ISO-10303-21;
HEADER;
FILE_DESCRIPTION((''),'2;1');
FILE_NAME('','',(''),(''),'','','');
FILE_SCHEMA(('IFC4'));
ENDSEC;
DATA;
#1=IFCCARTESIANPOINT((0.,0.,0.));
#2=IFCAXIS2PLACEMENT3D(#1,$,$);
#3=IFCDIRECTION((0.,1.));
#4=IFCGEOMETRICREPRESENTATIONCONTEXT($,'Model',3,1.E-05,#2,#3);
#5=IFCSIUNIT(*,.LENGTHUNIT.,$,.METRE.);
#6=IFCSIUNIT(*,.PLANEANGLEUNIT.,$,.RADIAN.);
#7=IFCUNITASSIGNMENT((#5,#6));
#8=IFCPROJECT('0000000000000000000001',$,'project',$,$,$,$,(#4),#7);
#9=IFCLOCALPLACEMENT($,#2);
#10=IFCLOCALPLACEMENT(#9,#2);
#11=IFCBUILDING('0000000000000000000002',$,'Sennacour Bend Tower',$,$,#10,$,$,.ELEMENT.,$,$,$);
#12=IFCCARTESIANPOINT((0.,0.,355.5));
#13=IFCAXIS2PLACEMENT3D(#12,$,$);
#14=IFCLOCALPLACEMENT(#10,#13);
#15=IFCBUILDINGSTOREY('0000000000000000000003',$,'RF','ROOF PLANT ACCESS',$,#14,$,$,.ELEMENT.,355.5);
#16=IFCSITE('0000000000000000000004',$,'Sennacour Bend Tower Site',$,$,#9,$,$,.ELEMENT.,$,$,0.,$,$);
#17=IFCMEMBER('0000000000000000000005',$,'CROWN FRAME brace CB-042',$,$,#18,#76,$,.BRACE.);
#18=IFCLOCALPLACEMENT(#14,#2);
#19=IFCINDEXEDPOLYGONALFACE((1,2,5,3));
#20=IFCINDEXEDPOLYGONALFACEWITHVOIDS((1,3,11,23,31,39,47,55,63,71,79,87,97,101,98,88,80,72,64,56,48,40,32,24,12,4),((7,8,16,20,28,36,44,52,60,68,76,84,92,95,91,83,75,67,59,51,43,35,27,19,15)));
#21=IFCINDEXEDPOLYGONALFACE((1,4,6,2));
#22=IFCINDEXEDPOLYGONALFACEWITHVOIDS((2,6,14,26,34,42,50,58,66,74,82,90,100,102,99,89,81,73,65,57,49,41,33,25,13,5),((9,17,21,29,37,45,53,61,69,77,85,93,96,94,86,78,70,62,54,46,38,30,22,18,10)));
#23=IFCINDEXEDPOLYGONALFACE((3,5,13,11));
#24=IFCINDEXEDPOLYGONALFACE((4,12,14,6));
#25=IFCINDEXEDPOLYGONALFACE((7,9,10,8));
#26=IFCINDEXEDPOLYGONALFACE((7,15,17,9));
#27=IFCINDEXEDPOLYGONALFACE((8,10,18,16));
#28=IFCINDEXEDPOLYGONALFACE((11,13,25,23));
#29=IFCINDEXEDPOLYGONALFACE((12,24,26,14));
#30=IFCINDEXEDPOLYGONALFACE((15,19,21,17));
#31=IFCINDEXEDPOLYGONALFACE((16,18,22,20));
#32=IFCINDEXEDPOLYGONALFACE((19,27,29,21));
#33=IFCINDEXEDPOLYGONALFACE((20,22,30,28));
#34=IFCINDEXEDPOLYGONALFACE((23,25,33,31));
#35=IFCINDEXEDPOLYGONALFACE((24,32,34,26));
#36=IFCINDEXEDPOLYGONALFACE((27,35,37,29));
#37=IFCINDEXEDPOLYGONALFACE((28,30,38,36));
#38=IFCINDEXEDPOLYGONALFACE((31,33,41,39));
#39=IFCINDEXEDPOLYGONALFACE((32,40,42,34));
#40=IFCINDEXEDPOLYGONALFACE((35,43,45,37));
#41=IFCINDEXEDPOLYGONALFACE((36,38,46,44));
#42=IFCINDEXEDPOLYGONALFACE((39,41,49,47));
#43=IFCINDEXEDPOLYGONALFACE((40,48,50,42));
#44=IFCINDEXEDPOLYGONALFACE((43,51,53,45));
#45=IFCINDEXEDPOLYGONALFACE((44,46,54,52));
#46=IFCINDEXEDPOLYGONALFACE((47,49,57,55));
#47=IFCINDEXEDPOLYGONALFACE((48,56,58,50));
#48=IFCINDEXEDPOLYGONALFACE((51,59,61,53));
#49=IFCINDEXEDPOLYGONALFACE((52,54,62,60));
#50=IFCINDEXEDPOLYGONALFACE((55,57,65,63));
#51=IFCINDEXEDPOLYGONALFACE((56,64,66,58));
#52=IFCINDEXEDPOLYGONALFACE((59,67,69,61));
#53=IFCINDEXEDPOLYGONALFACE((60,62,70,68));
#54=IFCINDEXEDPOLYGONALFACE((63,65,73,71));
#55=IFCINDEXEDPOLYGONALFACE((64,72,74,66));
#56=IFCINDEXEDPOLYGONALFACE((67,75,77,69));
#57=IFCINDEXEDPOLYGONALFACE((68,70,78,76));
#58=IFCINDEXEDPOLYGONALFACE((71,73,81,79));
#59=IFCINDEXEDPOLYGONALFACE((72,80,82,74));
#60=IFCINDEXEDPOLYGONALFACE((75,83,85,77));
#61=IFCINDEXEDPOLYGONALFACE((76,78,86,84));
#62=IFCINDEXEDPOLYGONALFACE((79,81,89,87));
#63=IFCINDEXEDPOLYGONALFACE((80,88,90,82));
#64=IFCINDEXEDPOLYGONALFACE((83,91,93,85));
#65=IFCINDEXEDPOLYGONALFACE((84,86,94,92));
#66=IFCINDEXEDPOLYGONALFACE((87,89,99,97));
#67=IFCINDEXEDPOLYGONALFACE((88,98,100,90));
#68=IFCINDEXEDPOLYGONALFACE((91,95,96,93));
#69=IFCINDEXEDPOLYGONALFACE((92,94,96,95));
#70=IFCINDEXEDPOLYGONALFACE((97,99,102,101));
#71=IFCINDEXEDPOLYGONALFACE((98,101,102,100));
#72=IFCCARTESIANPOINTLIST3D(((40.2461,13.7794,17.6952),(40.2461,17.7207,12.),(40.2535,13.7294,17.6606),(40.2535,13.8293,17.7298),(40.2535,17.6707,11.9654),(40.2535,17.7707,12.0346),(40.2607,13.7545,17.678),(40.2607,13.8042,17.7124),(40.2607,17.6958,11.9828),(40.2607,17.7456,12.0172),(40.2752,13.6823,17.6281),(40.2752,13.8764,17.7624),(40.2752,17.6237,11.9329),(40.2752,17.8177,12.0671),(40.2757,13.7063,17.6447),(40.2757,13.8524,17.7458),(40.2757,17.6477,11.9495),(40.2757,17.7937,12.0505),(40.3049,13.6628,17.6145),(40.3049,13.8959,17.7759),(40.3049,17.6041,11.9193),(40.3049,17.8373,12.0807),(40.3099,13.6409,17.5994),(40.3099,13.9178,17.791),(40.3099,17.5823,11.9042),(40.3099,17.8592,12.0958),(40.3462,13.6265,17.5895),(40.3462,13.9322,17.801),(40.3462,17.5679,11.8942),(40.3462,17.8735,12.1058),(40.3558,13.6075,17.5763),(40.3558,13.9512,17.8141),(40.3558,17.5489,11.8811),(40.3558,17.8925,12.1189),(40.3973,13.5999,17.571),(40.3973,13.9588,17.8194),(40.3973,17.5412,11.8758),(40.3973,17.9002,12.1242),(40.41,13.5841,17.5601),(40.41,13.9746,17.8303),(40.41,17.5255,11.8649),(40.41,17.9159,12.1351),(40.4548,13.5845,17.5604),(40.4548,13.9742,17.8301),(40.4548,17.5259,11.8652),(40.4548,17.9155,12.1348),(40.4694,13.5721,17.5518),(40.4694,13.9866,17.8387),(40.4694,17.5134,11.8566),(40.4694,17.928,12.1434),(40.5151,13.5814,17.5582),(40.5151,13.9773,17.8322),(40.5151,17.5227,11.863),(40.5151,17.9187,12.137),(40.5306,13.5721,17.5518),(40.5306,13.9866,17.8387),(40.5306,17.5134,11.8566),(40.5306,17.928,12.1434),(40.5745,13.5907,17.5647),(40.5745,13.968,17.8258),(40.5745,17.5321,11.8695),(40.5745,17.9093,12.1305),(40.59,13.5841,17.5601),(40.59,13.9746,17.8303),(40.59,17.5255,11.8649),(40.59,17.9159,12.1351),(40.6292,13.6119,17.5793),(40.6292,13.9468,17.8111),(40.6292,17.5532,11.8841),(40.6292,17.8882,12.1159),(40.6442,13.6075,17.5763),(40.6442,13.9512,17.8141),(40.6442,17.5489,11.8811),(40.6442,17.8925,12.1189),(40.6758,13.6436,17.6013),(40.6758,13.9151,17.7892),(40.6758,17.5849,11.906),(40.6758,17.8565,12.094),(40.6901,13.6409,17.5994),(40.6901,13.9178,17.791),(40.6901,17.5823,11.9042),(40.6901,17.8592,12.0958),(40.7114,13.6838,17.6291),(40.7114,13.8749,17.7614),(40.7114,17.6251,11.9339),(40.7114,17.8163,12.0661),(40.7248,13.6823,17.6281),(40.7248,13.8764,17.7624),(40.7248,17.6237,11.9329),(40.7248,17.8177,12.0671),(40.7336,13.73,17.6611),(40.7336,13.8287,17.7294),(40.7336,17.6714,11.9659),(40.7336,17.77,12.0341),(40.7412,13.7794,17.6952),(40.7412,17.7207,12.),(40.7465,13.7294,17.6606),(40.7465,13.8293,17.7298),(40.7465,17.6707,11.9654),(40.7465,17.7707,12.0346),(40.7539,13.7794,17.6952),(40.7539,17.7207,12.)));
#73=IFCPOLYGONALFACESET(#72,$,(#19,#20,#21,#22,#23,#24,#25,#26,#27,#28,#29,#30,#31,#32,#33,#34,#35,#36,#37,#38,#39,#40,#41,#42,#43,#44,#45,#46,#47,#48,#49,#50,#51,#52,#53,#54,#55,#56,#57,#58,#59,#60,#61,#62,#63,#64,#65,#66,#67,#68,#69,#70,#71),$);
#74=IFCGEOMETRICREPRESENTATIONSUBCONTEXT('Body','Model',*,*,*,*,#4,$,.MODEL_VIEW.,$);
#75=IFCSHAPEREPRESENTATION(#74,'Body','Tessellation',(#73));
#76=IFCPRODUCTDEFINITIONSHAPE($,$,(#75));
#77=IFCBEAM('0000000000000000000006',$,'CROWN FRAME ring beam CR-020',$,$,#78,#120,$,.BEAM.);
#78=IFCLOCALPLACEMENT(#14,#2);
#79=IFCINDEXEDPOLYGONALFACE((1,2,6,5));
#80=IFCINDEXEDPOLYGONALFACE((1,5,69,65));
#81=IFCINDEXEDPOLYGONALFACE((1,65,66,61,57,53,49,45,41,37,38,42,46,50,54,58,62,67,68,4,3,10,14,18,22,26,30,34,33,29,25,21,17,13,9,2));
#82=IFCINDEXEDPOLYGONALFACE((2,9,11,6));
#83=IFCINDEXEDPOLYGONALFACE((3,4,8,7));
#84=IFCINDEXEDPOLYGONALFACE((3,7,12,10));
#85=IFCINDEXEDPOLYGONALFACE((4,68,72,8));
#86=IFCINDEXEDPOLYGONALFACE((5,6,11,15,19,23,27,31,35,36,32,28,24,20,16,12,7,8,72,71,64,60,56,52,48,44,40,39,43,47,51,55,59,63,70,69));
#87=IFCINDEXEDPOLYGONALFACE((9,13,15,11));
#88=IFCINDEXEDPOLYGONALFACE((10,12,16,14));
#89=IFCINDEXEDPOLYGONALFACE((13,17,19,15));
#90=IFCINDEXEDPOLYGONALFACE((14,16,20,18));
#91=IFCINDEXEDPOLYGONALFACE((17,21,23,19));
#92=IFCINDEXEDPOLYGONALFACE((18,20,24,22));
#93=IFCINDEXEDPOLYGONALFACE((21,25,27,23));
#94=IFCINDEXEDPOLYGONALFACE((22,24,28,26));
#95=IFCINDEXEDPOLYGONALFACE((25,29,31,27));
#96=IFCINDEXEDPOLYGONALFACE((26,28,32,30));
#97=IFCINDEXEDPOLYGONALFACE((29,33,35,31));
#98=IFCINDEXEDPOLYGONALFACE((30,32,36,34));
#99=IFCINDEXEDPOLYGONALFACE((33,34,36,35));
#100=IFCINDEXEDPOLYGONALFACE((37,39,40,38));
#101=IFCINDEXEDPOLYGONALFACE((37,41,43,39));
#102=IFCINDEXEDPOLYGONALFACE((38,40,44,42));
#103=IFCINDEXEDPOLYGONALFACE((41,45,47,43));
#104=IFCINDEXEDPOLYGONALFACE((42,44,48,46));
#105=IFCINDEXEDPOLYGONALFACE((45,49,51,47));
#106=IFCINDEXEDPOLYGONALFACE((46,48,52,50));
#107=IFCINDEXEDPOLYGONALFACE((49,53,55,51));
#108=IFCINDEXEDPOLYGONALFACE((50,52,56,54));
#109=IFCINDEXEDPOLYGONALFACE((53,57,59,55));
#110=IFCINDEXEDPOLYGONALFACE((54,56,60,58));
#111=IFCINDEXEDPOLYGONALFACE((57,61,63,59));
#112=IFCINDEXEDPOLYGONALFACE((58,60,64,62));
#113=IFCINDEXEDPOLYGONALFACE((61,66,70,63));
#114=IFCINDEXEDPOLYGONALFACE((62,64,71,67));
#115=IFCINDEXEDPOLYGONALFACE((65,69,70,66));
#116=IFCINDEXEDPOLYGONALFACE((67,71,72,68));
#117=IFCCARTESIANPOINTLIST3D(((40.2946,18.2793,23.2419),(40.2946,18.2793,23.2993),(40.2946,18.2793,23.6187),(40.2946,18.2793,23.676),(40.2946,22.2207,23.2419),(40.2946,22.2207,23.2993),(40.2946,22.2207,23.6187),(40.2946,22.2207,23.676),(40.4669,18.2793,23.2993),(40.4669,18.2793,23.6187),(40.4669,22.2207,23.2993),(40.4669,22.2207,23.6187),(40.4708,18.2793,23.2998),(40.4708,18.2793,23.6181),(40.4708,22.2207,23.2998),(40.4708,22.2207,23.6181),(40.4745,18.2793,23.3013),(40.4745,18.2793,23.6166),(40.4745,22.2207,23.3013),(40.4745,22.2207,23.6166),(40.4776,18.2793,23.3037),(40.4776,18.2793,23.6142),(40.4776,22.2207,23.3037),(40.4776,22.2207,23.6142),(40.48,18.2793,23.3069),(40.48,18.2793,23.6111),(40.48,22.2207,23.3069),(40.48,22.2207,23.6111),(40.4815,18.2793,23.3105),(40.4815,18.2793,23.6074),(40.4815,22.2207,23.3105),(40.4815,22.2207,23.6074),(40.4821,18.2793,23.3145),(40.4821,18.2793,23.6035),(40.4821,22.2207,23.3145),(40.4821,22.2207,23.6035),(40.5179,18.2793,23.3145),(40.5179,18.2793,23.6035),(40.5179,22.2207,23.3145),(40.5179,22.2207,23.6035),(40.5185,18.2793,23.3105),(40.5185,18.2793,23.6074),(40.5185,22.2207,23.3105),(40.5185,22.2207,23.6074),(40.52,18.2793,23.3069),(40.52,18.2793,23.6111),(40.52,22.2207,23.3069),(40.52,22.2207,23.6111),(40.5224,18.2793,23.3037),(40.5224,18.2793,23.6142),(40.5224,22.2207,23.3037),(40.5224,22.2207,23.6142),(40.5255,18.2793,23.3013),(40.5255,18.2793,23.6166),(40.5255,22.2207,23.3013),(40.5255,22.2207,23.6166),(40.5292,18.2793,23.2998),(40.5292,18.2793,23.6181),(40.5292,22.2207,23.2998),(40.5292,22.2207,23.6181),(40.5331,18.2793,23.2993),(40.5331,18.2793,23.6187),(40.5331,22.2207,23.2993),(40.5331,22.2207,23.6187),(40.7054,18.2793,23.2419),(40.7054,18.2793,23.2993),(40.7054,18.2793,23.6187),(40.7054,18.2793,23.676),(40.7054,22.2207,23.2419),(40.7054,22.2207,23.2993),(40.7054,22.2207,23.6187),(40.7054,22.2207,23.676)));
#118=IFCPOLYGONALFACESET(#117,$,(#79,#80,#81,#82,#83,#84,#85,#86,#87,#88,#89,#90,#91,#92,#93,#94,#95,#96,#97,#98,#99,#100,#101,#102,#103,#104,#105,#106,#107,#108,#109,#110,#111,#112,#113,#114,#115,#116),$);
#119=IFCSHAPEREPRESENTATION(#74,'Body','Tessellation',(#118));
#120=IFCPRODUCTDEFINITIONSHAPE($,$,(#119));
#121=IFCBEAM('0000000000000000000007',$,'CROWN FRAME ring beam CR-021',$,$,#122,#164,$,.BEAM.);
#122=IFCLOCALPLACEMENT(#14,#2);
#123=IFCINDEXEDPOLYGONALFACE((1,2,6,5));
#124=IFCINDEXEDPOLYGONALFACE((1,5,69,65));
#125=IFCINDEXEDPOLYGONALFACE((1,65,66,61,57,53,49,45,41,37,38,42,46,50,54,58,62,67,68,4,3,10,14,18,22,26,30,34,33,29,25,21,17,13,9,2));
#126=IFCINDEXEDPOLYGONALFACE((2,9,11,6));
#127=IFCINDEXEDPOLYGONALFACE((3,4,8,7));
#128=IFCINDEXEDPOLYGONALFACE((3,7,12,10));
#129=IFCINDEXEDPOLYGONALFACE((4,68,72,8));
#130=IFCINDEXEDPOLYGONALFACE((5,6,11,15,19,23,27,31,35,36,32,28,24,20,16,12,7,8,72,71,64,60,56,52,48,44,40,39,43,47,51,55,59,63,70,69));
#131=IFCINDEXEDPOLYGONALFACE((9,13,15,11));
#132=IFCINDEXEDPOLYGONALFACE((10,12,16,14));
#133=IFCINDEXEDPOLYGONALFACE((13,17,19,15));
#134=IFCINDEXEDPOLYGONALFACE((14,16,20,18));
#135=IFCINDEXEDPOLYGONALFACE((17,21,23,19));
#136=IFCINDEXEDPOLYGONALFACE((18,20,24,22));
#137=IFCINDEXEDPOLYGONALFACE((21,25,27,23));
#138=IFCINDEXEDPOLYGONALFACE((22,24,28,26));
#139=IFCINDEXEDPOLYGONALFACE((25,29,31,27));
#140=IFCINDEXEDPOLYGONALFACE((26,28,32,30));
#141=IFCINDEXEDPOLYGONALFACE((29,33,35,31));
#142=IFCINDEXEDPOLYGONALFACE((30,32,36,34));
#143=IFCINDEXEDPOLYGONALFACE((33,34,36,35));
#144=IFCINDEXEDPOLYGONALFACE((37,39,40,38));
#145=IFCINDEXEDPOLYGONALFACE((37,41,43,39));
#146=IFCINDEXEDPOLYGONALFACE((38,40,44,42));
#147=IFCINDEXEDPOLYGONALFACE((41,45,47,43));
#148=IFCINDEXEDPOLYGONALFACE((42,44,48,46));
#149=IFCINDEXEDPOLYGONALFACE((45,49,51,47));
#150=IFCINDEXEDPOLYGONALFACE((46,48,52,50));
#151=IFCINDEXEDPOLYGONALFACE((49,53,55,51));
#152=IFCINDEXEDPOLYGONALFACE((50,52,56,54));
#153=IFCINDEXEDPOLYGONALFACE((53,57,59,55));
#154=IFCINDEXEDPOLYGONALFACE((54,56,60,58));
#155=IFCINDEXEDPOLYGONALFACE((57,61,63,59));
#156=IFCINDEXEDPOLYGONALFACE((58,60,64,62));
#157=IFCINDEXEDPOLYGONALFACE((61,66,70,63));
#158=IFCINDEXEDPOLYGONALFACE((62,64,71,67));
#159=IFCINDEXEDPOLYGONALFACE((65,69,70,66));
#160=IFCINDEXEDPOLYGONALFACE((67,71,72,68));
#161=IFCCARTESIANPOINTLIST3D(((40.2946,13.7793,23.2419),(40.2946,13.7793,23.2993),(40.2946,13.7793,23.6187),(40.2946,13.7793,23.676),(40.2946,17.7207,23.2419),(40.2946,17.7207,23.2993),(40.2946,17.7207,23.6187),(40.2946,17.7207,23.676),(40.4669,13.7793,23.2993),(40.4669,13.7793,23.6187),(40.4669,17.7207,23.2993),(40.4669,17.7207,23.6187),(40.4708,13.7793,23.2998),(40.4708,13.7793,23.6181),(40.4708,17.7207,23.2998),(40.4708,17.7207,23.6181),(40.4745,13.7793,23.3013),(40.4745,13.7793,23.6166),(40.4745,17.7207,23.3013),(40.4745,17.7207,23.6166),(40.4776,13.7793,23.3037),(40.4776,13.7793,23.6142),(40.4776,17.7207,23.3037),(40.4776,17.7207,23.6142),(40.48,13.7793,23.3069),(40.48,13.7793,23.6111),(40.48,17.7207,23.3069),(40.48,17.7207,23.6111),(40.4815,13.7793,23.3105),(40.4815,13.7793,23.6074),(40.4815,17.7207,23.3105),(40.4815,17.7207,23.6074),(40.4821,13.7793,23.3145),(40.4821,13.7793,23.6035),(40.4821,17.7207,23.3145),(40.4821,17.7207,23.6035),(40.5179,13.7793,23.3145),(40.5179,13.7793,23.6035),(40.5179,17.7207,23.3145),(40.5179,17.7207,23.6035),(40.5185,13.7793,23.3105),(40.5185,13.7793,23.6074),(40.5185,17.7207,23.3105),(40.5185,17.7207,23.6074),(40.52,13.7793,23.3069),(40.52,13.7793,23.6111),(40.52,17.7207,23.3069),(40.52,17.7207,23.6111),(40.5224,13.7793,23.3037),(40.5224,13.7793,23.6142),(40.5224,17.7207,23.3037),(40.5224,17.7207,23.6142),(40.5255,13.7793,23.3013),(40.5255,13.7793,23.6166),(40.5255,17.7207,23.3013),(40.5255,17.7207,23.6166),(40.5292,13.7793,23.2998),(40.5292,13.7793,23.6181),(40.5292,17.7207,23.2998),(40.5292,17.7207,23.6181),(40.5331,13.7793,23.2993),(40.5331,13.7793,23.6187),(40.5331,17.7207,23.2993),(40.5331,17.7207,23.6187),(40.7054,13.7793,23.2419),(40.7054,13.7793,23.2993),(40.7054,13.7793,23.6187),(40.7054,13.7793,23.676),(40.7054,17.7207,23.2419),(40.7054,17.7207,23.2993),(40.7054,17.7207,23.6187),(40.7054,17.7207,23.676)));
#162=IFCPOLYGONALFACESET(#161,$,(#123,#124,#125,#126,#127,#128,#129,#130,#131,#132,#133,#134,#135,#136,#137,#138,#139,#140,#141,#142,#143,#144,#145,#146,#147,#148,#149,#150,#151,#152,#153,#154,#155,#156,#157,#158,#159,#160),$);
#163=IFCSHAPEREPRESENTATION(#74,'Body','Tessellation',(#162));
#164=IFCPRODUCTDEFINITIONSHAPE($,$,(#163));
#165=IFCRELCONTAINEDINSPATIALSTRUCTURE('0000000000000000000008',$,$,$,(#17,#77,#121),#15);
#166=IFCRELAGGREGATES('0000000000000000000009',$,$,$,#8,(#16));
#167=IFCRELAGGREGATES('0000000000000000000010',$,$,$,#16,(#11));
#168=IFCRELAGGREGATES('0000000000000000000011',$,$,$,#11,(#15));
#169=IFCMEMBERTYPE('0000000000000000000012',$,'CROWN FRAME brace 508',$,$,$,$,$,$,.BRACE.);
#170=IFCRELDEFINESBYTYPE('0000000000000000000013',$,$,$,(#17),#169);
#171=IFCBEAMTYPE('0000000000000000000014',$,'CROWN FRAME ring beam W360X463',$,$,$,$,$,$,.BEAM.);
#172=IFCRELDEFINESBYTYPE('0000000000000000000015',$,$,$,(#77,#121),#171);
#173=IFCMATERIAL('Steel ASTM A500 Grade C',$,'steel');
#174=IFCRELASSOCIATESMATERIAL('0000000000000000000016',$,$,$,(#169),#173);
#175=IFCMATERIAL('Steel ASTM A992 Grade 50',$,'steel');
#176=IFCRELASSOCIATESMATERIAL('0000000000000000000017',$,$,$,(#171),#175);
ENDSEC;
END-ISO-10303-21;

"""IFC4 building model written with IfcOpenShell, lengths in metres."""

from ifc_helpers import new_model, si_unit, direction, frame, origin, origin_2d, place, context, subcontext, project, spatial, hollow_circle, i_section, extrude, material, material_profile, profile_set, type_object, element, save


model = new_model("IFC4")

# Units and contexts
model_context = context("Model", 3, precision=1e-05, world=origin(), true_north=direction((0.0, 1.0)))
body_context = subcontext(model_context, "Body", "Model", "MODEL_VIEW")
ifc_project = project(units=[si_unit("LENGTHUNIT", "METRE"), si_unit("PLANEANGLEUNIT", "RADIAN")], contexts=[model_context])

# Site, building, storey
site_placement = place(None, origin())
site = spatial("IfcSite", under=ifc_project, at=site_placement, Name="Sennacour Bend Tower Site", CompositionType="ELEMENT", RefElevation=0.0)
building_placement = place(site_placement, origin())
building = spatial("IfcBuilding", under=site, at=building_placement, Name="Sennacour Bend Tower", CompositionType="ELEMENT")
storey_placement = place(building_placement, frame((0.0, 0.0, 355.5)))
storey = spatial("IfcBuildingStorey", under=building, at=storey_placement, Name="RF", Description="ROOF PLANT ACCESS", CompositionType="ELEMENT", Elevation=355.5)

# Shared definitions
ifc_material_1 = material(Name="Steel ASTM A500 Grade C", Category="steel")

# Member
ifc_material_profile_1 = material_profile(ifc_material_1, hollow_circle(Radius=0.2539, WallThickness=0.0127, at=origin_2d()), Name="Steel ASTM A500 Grade C", Category="steel")
ifc_profile_set_1 = profile_set([ifc_material_profile_1], Name="Steel ASTM A500 Grade C")
member_type_1 = type_object("IfcMemberType", Name="CROWN FRAME brace 508", PredefinedType="BRACE", material=ifc_profile_set_1)
member_1_placement = place(storey_placement, frame((40.5, 17.7207, 12.0), z_axis=(0.0, -0.569063, 0.822294), x_axis=(1.0, 0.0, 0.0)))
element("IfcMember", 1, at=member_1_placement, inside=storey, type_object=member_type_1, Name="CROWN FRAME brace CB-042", PredefinedType="BRACE", context=body_context, shape_type="SweptSolid", body=[
    extrude(hollow_circle(Radius=0.2539, WallThickness=0.0127, at=origin_2d()), origin(), (0.0, 0.0, 1.0), 6.926),
])

# Beams
ifc_material_2 = material(Name="Steel ASTM A992 Grade 50", Category="steel")
ifc_material_profile_2 = material_profile(ifc_material_2, i_section(OverallWidth=0.4109, OverallDepth=0.4341, WebThickness=0.0359, FlangeThickness=0.0574, FilletRadius=0.0151, at=origin_2d()), Name="Steel ASTM A992 Grade 50", Category="steel")
ifc_profile_set_2 = profile_set([ifc_material_profile_2], Name="Steel ASTM A992 Grade 50")
beam_type = type_object("IfcBeamType", Name="CROWN FRAME ring beam W360X463", PredefinedType="BEAM", material=ifc_profile_set_2)
for number, where, z_axis, x_axis, name in (
    (2, (40.5, 22.2207, 23.459), (0.0, -1.0, 0.0), (1.0, 0.0, 0.0), "CROWN FRAME ring beam CR-020"),
    (3, (40.5, 17.7207, 23.459), (0.0, -1.0, 0.0), (1.0, 0.0, 0.0), "CROWN FRAME ring beam CR-021"),
):
    element("IfcBeam", number, at=place(storey_placement, frame(where, z_axis=z_axis, x_axis=x_axis)), inside=storey, type_object=beam_type, Name=name, PredefinedType="BEAM", context=body_context, shape_type="SweptSolid", body=[
        extrude(i_section(OverallWidth=0.4109, OverallDepth=0.4341, WebThickness=0.0359, FlangeThickness=0.0574, FilletRadius=0.0151, at=origin_2d()), origin(), (0.0, 0.0, 1.0), 3.9414),
    ])

save(model, "model.ifc")
